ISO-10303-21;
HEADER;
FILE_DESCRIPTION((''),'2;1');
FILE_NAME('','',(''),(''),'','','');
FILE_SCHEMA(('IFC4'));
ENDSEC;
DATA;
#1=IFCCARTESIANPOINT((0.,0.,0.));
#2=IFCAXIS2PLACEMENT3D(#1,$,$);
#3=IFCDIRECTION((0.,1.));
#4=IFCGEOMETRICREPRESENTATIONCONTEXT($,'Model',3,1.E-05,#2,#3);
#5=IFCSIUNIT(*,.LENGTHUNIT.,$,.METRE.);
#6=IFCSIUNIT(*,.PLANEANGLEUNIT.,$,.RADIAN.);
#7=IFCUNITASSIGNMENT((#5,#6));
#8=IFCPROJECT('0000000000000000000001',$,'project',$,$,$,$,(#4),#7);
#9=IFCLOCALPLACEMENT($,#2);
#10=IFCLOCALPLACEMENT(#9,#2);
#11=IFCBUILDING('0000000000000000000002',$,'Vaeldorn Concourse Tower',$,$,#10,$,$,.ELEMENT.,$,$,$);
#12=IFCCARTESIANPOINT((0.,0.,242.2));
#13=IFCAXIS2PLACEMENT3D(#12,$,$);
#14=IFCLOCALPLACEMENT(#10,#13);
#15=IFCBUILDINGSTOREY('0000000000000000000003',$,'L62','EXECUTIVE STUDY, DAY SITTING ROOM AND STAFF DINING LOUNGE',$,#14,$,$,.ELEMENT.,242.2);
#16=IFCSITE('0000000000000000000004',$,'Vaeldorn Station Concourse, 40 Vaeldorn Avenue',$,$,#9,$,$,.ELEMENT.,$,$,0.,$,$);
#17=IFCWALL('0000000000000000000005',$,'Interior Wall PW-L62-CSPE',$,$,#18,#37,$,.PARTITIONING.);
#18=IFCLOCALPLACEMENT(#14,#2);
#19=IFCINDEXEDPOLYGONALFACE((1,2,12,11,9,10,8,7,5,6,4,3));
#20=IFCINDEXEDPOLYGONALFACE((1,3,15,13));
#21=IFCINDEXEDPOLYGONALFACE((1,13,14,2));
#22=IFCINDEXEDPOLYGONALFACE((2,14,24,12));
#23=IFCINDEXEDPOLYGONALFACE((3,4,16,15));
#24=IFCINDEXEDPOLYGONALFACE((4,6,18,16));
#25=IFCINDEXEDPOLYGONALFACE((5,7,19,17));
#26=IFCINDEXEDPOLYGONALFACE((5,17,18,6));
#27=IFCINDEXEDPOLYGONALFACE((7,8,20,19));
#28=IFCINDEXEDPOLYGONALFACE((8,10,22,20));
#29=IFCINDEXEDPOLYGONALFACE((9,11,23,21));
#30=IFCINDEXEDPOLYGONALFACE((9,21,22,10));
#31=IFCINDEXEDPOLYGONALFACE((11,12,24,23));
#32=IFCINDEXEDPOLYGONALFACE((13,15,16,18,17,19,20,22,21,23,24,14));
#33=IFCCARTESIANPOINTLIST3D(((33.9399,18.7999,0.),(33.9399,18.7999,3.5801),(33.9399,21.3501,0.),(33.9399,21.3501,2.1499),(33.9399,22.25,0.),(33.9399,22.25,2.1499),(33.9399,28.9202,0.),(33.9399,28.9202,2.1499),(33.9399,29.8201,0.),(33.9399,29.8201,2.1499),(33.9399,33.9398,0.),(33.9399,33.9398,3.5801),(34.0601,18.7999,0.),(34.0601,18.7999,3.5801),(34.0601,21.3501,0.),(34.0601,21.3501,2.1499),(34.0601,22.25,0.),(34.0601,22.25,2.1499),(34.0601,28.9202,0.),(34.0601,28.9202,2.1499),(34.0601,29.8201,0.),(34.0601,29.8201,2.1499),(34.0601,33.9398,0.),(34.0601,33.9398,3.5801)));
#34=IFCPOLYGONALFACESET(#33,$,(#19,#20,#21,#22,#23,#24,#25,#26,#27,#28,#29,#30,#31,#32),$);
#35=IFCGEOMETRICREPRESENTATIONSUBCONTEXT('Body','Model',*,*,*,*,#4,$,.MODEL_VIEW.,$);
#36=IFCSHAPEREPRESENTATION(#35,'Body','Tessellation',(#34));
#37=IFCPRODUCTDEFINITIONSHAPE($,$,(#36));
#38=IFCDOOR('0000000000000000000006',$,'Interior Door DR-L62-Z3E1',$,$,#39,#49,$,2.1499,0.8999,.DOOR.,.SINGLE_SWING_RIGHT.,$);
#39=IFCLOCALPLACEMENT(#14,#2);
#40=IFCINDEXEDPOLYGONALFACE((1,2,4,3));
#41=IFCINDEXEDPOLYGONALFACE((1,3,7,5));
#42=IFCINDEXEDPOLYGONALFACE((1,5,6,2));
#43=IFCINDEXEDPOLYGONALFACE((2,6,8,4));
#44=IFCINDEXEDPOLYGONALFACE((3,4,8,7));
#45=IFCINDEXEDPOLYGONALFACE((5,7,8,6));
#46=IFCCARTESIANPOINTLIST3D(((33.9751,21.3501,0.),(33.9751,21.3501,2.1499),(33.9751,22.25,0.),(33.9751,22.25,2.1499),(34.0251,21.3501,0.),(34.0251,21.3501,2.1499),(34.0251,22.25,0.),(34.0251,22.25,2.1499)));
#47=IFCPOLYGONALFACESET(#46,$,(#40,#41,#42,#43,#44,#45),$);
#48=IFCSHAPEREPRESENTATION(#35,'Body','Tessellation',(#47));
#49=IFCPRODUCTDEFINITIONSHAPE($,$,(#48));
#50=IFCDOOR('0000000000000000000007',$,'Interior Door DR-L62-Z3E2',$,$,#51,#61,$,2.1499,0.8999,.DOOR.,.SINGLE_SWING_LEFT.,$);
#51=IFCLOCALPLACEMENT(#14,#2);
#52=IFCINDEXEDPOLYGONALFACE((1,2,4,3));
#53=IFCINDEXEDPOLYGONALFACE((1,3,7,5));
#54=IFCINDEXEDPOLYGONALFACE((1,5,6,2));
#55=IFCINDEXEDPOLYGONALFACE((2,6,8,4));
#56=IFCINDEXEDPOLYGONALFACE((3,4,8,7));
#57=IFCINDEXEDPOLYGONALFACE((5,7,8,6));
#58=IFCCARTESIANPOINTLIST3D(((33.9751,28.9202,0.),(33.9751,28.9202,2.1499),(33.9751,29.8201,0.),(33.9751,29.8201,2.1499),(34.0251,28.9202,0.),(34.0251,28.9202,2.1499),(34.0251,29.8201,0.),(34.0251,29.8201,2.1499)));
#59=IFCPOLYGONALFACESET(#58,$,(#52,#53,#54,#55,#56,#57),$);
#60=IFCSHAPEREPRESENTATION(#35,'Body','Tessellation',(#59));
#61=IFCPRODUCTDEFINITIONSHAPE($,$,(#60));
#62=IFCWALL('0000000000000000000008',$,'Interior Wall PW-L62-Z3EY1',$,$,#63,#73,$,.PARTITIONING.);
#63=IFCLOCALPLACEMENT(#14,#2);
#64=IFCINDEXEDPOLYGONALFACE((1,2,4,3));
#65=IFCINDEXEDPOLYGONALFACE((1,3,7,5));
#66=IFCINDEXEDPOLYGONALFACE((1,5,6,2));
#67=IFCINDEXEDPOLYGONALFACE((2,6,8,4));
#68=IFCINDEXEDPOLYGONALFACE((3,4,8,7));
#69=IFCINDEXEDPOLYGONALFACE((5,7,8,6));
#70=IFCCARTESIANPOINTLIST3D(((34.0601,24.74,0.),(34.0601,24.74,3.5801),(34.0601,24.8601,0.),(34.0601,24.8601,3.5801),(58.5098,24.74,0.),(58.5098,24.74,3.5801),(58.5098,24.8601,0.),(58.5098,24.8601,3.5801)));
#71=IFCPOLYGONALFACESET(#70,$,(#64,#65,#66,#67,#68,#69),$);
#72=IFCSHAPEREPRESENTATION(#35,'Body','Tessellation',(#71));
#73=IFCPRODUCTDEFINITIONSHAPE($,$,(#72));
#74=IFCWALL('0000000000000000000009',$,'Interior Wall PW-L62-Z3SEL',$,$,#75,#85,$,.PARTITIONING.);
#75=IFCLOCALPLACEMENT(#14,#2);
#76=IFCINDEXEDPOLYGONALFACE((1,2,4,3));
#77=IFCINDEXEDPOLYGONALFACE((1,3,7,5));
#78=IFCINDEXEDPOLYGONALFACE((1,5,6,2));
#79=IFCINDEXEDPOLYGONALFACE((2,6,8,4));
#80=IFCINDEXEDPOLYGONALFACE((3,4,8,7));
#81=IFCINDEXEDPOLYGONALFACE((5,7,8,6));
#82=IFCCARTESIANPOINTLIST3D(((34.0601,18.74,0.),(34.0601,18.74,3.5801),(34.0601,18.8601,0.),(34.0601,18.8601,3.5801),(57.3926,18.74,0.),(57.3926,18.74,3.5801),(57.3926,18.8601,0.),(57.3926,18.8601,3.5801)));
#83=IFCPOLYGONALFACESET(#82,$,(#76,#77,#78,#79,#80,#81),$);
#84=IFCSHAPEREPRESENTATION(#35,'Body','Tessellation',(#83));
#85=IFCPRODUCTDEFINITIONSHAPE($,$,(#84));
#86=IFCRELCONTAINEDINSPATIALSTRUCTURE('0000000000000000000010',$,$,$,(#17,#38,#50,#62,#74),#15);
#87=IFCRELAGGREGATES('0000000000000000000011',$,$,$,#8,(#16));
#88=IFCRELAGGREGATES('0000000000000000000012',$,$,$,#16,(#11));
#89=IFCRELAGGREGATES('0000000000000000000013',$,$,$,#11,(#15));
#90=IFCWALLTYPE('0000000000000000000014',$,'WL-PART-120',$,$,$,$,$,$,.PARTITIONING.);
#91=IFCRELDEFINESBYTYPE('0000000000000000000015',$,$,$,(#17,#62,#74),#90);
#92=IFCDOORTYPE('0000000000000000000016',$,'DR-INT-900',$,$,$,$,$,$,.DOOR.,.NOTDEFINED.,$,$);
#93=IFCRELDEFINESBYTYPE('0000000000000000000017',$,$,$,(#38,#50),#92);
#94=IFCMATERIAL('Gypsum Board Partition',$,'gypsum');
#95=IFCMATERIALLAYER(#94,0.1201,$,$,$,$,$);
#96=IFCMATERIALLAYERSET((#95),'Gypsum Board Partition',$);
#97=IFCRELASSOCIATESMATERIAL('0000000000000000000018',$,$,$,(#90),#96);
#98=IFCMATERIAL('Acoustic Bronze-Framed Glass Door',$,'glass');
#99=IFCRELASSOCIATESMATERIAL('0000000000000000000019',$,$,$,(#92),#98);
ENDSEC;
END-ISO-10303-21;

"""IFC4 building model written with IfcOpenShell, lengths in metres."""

from ifc_helpers import new_model, si_unit, direction, frame, frame_2d, origin, place, context, subcontext, project, spatial, rectangle, extrude, source, transform, mapped, material, layer, layer_set, type_object, element, fill, save


model = new_model("IFC4")

# Units and contexts
model_context = context("Model", 3, precision=1e-05, world=origin(), true_north=direction((0.0, 1.0)))
body_context = subcontext(model_context, "Body", "Model", "MODEL_VIEW")
ifc_project = project(units=[si_unit("LENGTHUNIT", "METRE"), si_unit("PLANEANGLEUNIT", "RADIAN")], contexts=[model_context])

# Site, building, storey
site_placement = place(None, origin())
site = spatial("IfcSite", under=ifc_project, at=site_placement, Name="Vaeldorn Station Concourse, 40 Vaeldorn Avenue", CompositionType="ELEMENT", RefElevation=0.0)
building_placement = place(site_placement, origin())
building = spatial("IfcBuilding", under=site, at=building_placement, Name="Vaeldorn Concourse Tower", CompositionType="ELEMENT")
storey_placement = place(building_placement, frame((0.0, 0.0, 242.2)))
storey = spatial("IfcBuildingStorey", under=building, at=storey_placement, Name="L62", Description="EXECUTIVE STUDY, DAY SITTING ROOM AND STAFF DINING LOUNGE", CompositionType="ELEMENT", Elevation=242.2)

# Shared definitions
ifc_material_1 = material(Name="Gypsum Board Partition", Category="gypsum")
ifc_layer = layer(ifc_material_1, 0.1201)
ifc_layer_set = layer_set([ifc_layer], Name="Gypsum Board Partition")
wall_type = type_object("IfcWallType", Name="WL-PART-120", PredefinedType="PARTITIONING", material=ifc_layer_set)

# Wall, openings, doors
ifc_material_2 = material(Name="Acoustic Bronze-Framed Glass Door", Category="glass")
door_type = type_object("IfcDoorType", Name="DR-INT-900", OperationType="NOTDEFINED", PredefinedType="DOOR", material=ifc_material_2)
shared_shape_1 = source(origin(), body_context, "Body", "SweptSolid", [
    extrude(rectangle(XDim=0.8999, YDim=2.1499, at=frame_2d((0.45, 1.075))), frame((0.0, 0.0249, 0.0), z_axis=(0.0, -1.0, 0.0), x_axis=(1.0, 0.0, 0.0)), (0.0, 0.0, 1.0), 0.05),
])
wall_1_placement = place(storey_placement, frame((34.0, 18.8, 0.0), z_axis=(0.0, 0.0, 1.0), x_axis=(0.0, 1.0, 0.0)))
wall_1 = element("IfcWall", 1, at=wall_1_placement, inside=storey, type_object=wall_type, Name="Interior Wall PW-L62-CSPE", PredefinedType="PARTITIONING", context=body_context, shape_type="SweptSolid", body=[
    extrude(rectangle(XDim=15.1399, YDim=0.1201, at=frame_2d((7.5698, 0.0))), origin(), (0.0, 0.0, 1.0), 3.5801),
])
opening_1_placement = place(wall_1_placement, frame((2.55, 0.0, 0.0)))
opening_1 = element("IfcOpeningElement", 2, at=opening_1_placement, cuts=wall_1, PredefinedType="OPENING", context=body_context, shape_type="SweptSolid", body=[
    extrude(rectangle(XDim=0.8999, YDim=2.1499, at=frame_2d((0.45, 1.075))), frame((0.0, 0.0701, 0.0), z_axis=(0.0, -1.0, 0.0), x_axis=(1.0, 0.0, 0.0)), (0.0, 0.0, 1.0), 0.1401),
])
opening_2_placement = place(wall_1_placement, frame((10.1201, 0.0, 0.0)))
opening_2 = element("IfcOpeningElement", 3, at=opening_2_placement, cuts=wall_1, PredefinedType="OPENING", context=body_context, shape_type="SweptSolid", body=[
    extrude(rectangle(XDim=0.8999, YDim=2.1499, at=frame_2d((0.45, 1.075))), frame((0.0, 0.0701, 0.0), z_axis=(0.0, -1.0, 0.0), x_axis=(1.0, 0.0, 0.0)), (0.0, 0.0, 1.0), 0.1401),
])
door_1_placement = place(opening_1_placement, origin())
door_1 = element("IfcDoor", 4, at=door_1_placement, inside=storey, type_object=door_type, Name="Interior Door DR-L62-Z3E1", OperationType="SINGLE_SWING_RIGHT", OverallHeight=2.1499, OverallWidth=0.8999, PredefinedType="DOOR", context=body_context, shape_type="MappedRepresentation", body=[
    mapped(shared_shape_1, transform((0.0, 0.0, 0.0), scale=1.0)),
])
fill(opening_1, door_1)
door_2_placement = place(opening_2_placement, origin())
door_2 = element("IfcDoor", 5, at=door_2_placement, inside=storey, type_object=door_type, Name="Interior Door DR-L62-Z3E2", OperationType="SINGLE_SWING_LEFT", OverallHeight=2.1499, OverallWidth=0.8999, PredefinedType="DOOR", context=body_context, shape_type="MappedRepresentation", body=[
    mapped(shared_shape_1, transform((0.0, 0.0, 0.0), scale=1.0)),
])
fill(opening_2, door_2)

# Walls
wall_2_placement = place(storey_placement, frame((34.0601, 24.8, 0.0), z_axis=(0.0, 0.0, 1.0), x_axis=(1.0, 0.0, 0.0)))
element("IfcWall", 6, at=wall_2_placement, inside=storey, type_object=wall_type, Name="Interior Wall PW-L62-Z3EY1", PredefinedType="PARTITIONING", context=body_context, shape_type="SweptSolid", body=[
    extrude(rectangle(XDim=24.4497, YDim=0.1201, at=frame_2d((12.2249, 0.0))), origin(), (0.0, 0.0, 1.0), 3.5801),
])
wall_3_placement = place(storey_placement, frame((34.0601, 18.8, 0.0), z_axis=(0.0, 0.0, 1.0), x_axis=(1.0, 0.0, 0.0)))
element("IfcWall", 7, at=wall_3_placement, inside=storey, type_object=wall_type, Name="Interior Wall PW-L62-Z3SEL", PredefinedType="PARTITIONING", context=body_context, shape_type="SweptSolid", body=[
    extrude(rectangle(XDim=23.3325, YDim=0.1201, at=frame_2d((11.6663, 0.0))), origin(), (0.0, 0.0, 1.0), 3.5801),
])

save(model, "model.ifc")
